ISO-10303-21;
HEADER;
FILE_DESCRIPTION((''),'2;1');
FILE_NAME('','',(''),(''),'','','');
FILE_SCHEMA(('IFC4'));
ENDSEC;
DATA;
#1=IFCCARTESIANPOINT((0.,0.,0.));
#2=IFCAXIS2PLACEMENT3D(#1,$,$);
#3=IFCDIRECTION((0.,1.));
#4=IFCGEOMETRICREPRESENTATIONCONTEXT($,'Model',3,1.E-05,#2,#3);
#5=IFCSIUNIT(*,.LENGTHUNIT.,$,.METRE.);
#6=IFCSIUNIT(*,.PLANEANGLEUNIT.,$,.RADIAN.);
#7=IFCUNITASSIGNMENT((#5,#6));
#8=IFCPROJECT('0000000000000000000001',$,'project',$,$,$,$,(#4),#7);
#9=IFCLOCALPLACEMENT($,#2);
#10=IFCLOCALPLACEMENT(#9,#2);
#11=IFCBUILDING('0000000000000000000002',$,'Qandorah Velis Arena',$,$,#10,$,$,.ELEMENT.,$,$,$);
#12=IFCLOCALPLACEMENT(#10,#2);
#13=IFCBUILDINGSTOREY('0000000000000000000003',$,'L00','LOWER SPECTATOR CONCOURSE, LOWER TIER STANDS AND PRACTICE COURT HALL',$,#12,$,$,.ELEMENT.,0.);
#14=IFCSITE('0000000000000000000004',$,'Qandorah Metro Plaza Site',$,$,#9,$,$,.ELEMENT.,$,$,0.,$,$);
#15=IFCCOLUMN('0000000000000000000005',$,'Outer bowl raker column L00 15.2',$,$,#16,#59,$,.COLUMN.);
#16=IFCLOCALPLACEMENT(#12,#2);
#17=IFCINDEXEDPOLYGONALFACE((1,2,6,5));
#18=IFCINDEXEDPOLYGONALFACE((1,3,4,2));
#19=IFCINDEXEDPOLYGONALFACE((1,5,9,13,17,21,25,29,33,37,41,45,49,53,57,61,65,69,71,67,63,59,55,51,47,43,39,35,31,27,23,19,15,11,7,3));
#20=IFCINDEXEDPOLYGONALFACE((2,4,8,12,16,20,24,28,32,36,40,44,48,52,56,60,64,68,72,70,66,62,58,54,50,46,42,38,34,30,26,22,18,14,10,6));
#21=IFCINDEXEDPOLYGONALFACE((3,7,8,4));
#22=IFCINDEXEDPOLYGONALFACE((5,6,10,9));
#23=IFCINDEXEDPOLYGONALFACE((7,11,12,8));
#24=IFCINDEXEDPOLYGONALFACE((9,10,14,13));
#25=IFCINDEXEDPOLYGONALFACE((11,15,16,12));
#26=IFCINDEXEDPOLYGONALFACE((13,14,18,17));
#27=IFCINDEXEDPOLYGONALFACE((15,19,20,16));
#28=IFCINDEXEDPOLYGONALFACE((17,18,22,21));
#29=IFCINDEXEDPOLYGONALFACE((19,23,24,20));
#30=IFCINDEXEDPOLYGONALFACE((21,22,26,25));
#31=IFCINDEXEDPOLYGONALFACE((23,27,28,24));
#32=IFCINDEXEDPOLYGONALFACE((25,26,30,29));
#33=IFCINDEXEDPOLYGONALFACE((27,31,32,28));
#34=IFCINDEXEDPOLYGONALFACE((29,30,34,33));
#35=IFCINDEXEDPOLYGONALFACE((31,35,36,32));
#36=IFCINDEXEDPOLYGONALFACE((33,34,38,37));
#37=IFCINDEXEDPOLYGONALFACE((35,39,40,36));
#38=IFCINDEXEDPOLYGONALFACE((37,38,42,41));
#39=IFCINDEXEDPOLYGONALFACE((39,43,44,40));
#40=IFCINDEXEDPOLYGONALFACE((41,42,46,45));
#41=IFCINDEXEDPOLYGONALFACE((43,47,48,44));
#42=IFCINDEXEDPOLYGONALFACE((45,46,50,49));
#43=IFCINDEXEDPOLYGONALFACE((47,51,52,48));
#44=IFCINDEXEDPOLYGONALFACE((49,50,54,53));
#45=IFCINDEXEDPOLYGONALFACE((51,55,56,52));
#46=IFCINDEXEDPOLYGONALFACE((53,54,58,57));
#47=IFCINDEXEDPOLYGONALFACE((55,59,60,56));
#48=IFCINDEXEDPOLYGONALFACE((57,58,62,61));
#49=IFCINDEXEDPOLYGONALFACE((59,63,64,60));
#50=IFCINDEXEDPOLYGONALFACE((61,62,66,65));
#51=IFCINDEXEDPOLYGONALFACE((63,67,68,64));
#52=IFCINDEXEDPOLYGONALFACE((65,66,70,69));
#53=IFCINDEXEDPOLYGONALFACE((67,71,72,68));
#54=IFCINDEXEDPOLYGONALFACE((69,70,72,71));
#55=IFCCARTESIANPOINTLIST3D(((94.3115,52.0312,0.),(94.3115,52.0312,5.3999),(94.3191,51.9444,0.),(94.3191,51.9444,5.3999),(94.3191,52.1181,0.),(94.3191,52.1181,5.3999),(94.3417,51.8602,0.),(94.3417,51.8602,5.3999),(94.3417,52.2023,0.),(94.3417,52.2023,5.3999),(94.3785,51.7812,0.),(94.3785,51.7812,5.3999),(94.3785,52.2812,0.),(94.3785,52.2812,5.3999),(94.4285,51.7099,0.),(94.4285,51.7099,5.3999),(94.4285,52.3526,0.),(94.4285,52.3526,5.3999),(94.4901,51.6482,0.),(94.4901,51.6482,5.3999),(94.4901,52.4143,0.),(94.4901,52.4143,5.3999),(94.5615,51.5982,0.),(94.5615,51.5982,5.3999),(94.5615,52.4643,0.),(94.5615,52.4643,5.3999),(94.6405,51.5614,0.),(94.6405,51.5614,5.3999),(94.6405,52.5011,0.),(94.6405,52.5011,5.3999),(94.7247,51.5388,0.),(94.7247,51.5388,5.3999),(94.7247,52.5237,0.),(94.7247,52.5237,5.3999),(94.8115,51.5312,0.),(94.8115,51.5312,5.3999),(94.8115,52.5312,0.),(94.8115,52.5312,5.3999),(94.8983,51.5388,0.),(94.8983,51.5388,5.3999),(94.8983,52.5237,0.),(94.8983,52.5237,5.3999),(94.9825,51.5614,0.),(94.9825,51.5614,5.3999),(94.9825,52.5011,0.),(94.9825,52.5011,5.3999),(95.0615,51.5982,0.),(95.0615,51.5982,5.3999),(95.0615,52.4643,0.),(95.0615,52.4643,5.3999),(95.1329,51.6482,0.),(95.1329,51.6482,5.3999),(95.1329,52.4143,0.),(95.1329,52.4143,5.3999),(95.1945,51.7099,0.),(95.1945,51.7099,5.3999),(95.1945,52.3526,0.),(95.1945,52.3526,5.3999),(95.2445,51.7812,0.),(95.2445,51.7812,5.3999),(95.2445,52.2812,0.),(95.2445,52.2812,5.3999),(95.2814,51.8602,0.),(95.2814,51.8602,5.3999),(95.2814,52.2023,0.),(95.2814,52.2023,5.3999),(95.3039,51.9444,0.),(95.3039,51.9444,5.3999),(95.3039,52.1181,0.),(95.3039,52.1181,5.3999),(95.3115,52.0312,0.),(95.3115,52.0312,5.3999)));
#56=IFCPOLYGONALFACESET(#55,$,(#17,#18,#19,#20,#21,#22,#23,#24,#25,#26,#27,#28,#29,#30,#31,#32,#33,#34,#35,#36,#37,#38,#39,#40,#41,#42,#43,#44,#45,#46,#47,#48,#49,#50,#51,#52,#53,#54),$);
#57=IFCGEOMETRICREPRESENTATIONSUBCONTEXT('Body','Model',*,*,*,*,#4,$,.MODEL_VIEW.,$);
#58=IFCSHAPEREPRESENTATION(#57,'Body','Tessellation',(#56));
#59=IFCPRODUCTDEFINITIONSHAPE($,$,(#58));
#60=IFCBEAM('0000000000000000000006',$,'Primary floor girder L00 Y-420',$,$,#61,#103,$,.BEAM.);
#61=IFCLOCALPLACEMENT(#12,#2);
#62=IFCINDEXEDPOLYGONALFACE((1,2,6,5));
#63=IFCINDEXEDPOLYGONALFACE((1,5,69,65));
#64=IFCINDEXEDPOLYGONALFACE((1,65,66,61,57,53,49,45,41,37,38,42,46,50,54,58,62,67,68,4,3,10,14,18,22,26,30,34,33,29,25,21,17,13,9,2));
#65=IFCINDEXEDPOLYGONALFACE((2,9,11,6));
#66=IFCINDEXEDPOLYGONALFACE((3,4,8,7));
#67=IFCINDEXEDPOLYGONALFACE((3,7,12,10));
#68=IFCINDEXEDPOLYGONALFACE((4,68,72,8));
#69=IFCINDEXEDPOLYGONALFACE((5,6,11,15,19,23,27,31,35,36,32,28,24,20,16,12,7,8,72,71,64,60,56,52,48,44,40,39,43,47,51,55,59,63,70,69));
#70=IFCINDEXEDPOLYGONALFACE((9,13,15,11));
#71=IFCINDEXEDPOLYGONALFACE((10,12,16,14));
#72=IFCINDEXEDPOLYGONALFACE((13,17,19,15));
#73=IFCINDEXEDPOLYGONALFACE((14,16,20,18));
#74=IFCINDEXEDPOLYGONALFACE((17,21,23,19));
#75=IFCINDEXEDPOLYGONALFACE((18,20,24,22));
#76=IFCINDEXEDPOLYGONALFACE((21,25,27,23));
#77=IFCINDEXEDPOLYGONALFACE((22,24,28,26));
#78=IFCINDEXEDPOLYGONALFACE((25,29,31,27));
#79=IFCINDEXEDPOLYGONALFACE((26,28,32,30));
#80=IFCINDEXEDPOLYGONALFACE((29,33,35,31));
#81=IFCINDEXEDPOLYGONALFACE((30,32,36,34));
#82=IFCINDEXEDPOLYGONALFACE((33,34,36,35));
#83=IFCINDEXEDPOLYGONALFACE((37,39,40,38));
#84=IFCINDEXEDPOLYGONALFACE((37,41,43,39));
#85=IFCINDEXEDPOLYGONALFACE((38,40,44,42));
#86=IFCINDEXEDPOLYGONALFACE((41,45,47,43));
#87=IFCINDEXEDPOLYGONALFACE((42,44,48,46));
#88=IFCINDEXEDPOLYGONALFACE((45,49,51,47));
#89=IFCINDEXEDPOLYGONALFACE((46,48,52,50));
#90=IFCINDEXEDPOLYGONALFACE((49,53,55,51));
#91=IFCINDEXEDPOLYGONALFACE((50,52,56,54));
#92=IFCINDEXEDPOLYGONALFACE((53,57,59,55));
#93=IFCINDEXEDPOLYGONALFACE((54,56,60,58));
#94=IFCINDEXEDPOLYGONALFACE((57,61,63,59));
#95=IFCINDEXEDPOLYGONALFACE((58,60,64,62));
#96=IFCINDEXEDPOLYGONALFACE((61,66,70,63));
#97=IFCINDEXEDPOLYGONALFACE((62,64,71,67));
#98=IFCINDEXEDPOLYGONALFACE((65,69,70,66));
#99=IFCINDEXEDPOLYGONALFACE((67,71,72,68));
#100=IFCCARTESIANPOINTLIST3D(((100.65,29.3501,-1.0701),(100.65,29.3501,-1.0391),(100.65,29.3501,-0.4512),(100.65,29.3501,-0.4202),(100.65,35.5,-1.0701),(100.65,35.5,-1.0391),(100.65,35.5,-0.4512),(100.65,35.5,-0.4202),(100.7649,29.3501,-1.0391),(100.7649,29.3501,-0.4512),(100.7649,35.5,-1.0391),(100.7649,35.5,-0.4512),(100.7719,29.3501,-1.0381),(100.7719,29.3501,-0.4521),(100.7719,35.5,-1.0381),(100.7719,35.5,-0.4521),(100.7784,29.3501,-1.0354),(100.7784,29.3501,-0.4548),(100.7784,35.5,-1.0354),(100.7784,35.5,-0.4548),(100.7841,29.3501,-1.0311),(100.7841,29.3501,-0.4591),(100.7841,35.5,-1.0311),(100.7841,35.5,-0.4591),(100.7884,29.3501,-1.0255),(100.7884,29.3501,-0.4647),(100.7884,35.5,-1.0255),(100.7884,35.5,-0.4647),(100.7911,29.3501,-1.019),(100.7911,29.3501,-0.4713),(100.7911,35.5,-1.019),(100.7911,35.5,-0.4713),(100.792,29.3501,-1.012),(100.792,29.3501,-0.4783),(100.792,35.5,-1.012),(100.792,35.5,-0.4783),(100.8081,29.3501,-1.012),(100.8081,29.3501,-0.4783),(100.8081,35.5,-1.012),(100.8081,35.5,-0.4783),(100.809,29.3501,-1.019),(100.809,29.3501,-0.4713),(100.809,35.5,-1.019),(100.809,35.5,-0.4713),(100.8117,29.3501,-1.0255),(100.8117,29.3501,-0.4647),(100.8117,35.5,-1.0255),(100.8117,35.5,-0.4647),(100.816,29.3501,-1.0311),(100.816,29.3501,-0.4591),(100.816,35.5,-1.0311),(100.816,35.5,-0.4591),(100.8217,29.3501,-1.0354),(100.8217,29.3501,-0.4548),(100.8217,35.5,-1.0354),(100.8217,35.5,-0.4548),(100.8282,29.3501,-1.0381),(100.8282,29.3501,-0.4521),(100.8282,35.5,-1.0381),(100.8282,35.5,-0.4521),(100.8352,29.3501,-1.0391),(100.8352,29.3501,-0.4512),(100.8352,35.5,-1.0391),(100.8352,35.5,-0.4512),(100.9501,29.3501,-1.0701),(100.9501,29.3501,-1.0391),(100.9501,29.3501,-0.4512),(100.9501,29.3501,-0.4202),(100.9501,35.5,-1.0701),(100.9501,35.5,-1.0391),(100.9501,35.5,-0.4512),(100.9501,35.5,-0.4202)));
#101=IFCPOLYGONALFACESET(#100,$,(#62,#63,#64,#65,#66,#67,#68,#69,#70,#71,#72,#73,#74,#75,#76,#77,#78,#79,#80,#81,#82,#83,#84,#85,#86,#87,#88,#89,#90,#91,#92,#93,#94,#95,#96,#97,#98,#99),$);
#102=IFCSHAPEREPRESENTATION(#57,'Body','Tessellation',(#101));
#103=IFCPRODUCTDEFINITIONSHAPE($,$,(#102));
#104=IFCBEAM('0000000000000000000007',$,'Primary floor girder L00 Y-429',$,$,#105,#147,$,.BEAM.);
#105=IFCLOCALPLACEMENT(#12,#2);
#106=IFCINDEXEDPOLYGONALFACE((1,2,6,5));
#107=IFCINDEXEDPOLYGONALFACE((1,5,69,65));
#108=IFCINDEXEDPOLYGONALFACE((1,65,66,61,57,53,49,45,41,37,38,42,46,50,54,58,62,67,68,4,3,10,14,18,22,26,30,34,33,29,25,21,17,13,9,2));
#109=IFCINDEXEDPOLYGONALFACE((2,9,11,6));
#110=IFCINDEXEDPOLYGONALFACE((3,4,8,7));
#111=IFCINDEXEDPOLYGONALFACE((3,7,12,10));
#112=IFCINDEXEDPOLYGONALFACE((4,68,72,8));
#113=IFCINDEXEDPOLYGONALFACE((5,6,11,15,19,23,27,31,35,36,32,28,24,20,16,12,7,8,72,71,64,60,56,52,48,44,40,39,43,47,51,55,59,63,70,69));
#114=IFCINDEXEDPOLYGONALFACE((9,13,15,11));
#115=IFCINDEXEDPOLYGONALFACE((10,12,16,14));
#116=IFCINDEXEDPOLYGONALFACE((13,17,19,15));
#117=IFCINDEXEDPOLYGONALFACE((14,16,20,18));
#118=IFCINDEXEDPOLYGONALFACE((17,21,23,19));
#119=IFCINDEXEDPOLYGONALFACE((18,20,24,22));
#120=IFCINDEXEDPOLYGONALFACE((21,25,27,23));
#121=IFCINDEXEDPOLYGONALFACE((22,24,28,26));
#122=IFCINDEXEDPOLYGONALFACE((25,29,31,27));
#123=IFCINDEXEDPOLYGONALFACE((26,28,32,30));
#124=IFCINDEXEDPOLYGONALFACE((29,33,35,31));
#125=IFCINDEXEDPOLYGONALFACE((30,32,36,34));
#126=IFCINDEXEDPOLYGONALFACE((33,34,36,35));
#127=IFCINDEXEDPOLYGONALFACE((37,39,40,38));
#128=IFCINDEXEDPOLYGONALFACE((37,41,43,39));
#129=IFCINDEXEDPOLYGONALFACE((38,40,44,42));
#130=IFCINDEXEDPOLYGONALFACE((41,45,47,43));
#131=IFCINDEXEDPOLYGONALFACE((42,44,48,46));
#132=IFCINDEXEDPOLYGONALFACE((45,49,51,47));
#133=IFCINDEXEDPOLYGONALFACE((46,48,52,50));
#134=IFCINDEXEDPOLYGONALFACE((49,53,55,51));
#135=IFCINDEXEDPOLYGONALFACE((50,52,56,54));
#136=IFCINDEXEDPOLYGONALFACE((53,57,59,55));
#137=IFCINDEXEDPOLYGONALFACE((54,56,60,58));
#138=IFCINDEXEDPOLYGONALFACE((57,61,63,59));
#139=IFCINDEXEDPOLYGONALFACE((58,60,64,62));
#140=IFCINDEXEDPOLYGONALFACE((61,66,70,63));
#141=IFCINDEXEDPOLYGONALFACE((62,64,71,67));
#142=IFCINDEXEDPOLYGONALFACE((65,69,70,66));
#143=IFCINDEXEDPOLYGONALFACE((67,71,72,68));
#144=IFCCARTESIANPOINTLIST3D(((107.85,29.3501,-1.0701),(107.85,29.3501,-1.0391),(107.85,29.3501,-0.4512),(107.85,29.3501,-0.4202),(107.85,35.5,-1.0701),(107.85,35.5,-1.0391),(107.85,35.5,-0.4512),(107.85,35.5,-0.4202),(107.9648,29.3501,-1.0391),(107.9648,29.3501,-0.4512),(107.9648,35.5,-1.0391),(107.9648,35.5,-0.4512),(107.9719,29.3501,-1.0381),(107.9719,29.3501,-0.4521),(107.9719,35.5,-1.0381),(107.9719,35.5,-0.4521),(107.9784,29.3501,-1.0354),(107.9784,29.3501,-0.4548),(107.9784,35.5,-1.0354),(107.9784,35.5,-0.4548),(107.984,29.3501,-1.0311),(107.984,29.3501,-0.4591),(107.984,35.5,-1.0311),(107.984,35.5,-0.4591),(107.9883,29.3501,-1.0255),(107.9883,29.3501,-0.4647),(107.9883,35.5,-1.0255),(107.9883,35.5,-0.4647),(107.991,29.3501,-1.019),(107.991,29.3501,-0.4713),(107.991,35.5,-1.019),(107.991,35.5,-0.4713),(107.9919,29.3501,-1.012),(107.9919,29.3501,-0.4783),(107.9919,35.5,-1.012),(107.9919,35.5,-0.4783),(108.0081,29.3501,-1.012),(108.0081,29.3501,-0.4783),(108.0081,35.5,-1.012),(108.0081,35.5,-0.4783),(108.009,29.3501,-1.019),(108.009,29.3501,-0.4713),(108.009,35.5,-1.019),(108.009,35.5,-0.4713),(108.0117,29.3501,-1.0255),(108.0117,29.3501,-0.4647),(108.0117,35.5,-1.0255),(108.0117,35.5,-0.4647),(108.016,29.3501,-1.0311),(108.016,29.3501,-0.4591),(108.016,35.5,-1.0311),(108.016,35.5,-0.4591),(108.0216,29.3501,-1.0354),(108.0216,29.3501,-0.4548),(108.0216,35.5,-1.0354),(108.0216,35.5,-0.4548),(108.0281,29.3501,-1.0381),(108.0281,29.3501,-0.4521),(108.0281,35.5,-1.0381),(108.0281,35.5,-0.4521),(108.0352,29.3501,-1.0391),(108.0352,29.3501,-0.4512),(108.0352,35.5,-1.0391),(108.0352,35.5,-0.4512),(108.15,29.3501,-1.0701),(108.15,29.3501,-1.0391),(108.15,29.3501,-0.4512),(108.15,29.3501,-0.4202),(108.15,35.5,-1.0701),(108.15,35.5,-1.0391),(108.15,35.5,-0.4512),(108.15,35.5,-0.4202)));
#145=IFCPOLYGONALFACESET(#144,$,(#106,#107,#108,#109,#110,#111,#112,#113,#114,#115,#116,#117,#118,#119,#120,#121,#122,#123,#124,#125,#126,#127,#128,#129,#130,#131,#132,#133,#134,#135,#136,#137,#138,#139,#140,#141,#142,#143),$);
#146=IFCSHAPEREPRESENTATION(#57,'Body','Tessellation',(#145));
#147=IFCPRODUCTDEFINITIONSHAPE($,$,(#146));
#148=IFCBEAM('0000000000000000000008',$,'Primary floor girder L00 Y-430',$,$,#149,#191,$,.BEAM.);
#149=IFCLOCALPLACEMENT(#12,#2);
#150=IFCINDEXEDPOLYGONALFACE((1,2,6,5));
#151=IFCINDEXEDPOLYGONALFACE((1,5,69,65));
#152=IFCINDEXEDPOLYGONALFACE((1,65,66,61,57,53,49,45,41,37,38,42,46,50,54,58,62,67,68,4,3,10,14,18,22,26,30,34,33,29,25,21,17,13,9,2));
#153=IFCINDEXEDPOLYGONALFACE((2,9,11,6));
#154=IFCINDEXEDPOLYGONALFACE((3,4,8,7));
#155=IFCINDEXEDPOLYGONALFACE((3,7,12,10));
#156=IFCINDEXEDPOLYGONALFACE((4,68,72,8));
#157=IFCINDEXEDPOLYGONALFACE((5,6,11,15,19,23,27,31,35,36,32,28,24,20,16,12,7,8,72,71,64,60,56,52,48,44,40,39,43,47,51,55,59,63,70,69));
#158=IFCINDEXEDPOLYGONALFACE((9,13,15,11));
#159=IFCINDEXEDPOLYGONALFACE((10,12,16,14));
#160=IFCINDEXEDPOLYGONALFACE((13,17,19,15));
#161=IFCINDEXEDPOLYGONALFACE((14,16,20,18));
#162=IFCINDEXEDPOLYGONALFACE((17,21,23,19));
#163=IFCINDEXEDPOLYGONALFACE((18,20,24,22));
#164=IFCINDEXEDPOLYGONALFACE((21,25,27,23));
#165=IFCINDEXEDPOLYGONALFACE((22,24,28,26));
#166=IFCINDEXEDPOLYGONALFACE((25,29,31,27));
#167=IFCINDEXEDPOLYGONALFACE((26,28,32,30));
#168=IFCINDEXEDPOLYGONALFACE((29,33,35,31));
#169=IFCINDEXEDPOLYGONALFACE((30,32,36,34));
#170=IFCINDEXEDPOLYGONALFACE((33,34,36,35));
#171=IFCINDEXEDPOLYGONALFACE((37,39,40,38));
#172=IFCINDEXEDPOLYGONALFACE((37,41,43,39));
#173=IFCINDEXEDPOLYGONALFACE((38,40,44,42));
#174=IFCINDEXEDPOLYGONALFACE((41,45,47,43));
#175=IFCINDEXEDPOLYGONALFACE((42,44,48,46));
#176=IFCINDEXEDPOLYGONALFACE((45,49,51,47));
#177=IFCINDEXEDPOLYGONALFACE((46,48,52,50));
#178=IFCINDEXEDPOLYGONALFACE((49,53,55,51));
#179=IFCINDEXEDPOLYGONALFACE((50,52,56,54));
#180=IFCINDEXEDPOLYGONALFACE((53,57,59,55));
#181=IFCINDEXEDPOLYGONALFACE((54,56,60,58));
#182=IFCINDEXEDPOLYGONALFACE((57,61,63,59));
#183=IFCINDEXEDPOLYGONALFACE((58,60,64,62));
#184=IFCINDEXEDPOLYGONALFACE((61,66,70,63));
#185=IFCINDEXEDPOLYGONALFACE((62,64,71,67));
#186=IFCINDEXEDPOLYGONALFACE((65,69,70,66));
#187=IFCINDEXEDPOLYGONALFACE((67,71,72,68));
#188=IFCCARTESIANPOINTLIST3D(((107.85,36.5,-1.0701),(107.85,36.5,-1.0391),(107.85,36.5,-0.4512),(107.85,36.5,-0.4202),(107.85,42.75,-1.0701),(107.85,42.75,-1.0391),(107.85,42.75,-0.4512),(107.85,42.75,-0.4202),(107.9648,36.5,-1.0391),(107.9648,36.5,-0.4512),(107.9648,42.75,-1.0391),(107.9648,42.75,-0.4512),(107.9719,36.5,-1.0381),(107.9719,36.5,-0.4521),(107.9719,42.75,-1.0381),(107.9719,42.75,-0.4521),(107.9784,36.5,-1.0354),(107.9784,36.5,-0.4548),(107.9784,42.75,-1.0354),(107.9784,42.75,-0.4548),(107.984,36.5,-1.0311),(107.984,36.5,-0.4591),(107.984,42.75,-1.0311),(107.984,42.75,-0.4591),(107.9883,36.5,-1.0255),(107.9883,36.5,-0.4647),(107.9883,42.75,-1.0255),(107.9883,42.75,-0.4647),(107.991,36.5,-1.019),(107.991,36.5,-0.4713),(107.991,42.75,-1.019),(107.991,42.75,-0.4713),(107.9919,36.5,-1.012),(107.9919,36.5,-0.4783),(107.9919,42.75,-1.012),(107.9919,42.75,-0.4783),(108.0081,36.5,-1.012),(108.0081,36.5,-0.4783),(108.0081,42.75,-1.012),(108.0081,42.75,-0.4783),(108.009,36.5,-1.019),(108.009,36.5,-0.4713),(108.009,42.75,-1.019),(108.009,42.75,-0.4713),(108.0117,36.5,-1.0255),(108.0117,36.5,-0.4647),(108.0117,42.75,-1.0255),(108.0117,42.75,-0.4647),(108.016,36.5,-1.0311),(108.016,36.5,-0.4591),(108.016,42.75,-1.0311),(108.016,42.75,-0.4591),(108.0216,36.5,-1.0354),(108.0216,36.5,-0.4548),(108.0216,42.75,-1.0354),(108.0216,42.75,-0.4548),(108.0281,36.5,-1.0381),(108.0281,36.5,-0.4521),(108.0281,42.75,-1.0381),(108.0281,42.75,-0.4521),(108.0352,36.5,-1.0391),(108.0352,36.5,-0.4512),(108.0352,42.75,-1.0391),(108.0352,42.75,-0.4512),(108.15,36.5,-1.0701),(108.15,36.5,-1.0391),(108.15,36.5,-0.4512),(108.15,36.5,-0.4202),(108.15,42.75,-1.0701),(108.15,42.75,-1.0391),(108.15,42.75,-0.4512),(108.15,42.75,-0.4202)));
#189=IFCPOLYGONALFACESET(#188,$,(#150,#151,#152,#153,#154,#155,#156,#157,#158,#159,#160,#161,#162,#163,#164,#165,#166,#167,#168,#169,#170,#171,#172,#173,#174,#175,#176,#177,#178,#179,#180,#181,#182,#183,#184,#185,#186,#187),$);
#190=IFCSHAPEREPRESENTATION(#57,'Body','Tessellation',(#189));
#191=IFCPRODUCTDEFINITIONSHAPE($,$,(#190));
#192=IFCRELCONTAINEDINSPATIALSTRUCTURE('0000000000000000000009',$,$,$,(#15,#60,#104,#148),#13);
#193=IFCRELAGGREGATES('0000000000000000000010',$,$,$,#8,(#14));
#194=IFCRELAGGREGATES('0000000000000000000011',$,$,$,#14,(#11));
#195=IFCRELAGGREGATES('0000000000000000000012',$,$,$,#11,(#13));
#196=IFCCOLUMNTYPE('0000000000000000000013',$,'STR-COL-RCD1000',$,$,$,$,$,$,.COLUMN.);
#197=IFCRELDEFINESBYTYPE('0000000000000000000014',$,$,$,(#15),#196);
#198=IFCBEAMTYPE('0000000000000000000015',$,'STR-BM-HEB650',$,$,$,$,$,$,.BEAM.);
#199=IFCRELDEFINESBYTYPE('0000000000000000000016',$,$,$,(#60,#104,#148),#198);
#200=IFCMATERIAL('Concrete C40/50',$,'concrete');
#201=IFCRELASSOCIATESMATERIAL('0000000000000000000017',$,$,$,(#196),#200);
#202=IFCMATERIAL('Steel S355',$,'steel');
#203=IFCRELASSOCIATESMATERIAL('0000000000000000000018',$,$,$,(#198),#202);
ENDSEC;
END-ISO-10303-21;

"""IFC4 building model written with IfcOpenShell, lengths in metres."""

from ifc_helpers import new_model, si_unit, direction, frame, origin, origin_2d, place, context, subcontext, project, spatial, circle, i_section, extrude, material, material_profile, profile_set, type_object, element, save


model = new_model("IFC4")

# Units and contexts
model_context = context("Model", 3, precision=1e-05, world=origin(), true_north=direction((0.0, 1.0)))
body_context = subcontext(model_context, "Body", "Model", "MODEL_VIEW")
ifc_project = project(units=[si_unit("LENGTHUNIT", "METRE"), si_unit("PLANEANGLEUNIT", "RADIAN")], contexts=[model_context])

# Site, building, storey
site_placement = place(None, origin())
site = spatial("IfcSite", under=ifc_project, at=site_placement, Name="Qandorah Metro Plaza Site", CompositionType="ELEMENT", RefElevation=0.0)
building_placement = place(site_placement, origin())
building = spatial("IfcBuilding", under=site, at=building_placement, Name="Qandorah Velis Arena", CompositionType="ELEMENT")
storey_placement = place(building_placement, origin())
storey = spatial("IfcBuildingStorey", under=building, at=storey_placement, Name="L00", Description="LOWER SPECTATOR CONCOURSE, LOWER TIER STANDS AND PRACTICE COURT HALL", CompositionType="ELEMENT", Elevation=0.0)

# Column
ifc_material_1 = material(Name="Concrete C40/50", Category="concrete")
ifc_material_profile_1 = material_profile(ifc_material_1, circle(Radius=0.5, at=origin_2d()), Name="RC D1000")
ifc_profile_set_1 = profile_set([ifc_material_profile_1], Name="Concrete C40/50")
column_type_1 = type_object("IfcColumnType", Name="STR-COL-RCD1000", PredefinedType="COLUMN", material=ifc_profile_set_1)
for number, where, z_axis, x_axis, name in (
    (1, (94.8115, 52.0312, 0.0), (0.0, 0.0, 1.0), (1.0, 0.0, 0.0), "Outer bowl raker column L00 15.2"),
):
    element("IfcColumn", number, at=place(storey_placement, frame(where, z_axis=z_axis, x_axis=x_axis)), inside=storey, type_object=column_type_1, Name=name, PredefinedType="COLUMN", context=body_context, shape_type="SweptSolid", body=[
        extrude(circle(Radius=0.5, at=origin_2d()), origin(), (0.0, 0.0, 1.0), 5.3999),
    ])

# Beams
ifc_material_2 = material(Name="Steel S355", Category="steel")
ifc_material_profile_2 = material_profile(ifc_material_2, i_section(OverallWidth=0.3, OverallDepth=0.6499, WebThickness=0.0161, FlangeThickness=0.031, FilletRadius=0.0271, at=origin_2d()), Name="HEB 650")
ifc_profile_set_2 = profile_set([ifc_material_profile_2], Name="Steel S355")
beam_type_1 = type_object("IfcBeamType", Name="STR-BM-HEB650", PredefinedType="BEAM", material=ifc_profile_set_2)
for number, where, z_axis, x_axis, name in (
    (2, (100.8, 29.3501, -0.7451), (0.0, 1.0, 0.0), (-1.0, 0.0, 0.0), "Primary floor girder L00 Y-420"),
    (3, (108.0, 29.3501, -0.7451), (0.0, 1.0, 0.0), (-1.0, 0.0, 0.0), "Primary floor girder L00 Y-429"),
):
    element("IfcBeam", number, at=place(storey_placement, frame(where, z_axis=z_axis, x_axis=x_axis)), inside=storey, type_object=beam_type_1, Name=name, PredefinedType="BEAM", context=body_context, shape_type="SweptSolid", body=[
        extrude(i_section(OverallWidth=0.3, OverallDepth=0.6499, WebThickness=0.0161, FlangeThickness=0.031, FilletRadius=0.0271, at=origin_2d()), origin(), (0.0, 0.0, 1.0), 6.1499),
    ])
beam_1_placement = place(storey_placement, frame((108.0, 36.5, -0.7451), z_axis=(0.0, 1.0, 0.0), x_axis=(-1.0, 0.0, 0.0)))
element("IfcBeam", 4, at=beam_1_placement, inside=storey, type_object=beam_type_1, Name="Primary floor girder L00 Y-430", PredefinedType="BEAM", context=body_context, shape_type="SweptSolid", body=[
    extrude(i_section(OverallWidth=0.3, OverallDepth=0.6499, WebThickness=0.0161, FlangeThickness=0.031, FilletRadius=0.0271, at=origin_2d()), origin(), (0.0, 0.0, 1.0), 6.25),
])

save(model, "model.ifc")
